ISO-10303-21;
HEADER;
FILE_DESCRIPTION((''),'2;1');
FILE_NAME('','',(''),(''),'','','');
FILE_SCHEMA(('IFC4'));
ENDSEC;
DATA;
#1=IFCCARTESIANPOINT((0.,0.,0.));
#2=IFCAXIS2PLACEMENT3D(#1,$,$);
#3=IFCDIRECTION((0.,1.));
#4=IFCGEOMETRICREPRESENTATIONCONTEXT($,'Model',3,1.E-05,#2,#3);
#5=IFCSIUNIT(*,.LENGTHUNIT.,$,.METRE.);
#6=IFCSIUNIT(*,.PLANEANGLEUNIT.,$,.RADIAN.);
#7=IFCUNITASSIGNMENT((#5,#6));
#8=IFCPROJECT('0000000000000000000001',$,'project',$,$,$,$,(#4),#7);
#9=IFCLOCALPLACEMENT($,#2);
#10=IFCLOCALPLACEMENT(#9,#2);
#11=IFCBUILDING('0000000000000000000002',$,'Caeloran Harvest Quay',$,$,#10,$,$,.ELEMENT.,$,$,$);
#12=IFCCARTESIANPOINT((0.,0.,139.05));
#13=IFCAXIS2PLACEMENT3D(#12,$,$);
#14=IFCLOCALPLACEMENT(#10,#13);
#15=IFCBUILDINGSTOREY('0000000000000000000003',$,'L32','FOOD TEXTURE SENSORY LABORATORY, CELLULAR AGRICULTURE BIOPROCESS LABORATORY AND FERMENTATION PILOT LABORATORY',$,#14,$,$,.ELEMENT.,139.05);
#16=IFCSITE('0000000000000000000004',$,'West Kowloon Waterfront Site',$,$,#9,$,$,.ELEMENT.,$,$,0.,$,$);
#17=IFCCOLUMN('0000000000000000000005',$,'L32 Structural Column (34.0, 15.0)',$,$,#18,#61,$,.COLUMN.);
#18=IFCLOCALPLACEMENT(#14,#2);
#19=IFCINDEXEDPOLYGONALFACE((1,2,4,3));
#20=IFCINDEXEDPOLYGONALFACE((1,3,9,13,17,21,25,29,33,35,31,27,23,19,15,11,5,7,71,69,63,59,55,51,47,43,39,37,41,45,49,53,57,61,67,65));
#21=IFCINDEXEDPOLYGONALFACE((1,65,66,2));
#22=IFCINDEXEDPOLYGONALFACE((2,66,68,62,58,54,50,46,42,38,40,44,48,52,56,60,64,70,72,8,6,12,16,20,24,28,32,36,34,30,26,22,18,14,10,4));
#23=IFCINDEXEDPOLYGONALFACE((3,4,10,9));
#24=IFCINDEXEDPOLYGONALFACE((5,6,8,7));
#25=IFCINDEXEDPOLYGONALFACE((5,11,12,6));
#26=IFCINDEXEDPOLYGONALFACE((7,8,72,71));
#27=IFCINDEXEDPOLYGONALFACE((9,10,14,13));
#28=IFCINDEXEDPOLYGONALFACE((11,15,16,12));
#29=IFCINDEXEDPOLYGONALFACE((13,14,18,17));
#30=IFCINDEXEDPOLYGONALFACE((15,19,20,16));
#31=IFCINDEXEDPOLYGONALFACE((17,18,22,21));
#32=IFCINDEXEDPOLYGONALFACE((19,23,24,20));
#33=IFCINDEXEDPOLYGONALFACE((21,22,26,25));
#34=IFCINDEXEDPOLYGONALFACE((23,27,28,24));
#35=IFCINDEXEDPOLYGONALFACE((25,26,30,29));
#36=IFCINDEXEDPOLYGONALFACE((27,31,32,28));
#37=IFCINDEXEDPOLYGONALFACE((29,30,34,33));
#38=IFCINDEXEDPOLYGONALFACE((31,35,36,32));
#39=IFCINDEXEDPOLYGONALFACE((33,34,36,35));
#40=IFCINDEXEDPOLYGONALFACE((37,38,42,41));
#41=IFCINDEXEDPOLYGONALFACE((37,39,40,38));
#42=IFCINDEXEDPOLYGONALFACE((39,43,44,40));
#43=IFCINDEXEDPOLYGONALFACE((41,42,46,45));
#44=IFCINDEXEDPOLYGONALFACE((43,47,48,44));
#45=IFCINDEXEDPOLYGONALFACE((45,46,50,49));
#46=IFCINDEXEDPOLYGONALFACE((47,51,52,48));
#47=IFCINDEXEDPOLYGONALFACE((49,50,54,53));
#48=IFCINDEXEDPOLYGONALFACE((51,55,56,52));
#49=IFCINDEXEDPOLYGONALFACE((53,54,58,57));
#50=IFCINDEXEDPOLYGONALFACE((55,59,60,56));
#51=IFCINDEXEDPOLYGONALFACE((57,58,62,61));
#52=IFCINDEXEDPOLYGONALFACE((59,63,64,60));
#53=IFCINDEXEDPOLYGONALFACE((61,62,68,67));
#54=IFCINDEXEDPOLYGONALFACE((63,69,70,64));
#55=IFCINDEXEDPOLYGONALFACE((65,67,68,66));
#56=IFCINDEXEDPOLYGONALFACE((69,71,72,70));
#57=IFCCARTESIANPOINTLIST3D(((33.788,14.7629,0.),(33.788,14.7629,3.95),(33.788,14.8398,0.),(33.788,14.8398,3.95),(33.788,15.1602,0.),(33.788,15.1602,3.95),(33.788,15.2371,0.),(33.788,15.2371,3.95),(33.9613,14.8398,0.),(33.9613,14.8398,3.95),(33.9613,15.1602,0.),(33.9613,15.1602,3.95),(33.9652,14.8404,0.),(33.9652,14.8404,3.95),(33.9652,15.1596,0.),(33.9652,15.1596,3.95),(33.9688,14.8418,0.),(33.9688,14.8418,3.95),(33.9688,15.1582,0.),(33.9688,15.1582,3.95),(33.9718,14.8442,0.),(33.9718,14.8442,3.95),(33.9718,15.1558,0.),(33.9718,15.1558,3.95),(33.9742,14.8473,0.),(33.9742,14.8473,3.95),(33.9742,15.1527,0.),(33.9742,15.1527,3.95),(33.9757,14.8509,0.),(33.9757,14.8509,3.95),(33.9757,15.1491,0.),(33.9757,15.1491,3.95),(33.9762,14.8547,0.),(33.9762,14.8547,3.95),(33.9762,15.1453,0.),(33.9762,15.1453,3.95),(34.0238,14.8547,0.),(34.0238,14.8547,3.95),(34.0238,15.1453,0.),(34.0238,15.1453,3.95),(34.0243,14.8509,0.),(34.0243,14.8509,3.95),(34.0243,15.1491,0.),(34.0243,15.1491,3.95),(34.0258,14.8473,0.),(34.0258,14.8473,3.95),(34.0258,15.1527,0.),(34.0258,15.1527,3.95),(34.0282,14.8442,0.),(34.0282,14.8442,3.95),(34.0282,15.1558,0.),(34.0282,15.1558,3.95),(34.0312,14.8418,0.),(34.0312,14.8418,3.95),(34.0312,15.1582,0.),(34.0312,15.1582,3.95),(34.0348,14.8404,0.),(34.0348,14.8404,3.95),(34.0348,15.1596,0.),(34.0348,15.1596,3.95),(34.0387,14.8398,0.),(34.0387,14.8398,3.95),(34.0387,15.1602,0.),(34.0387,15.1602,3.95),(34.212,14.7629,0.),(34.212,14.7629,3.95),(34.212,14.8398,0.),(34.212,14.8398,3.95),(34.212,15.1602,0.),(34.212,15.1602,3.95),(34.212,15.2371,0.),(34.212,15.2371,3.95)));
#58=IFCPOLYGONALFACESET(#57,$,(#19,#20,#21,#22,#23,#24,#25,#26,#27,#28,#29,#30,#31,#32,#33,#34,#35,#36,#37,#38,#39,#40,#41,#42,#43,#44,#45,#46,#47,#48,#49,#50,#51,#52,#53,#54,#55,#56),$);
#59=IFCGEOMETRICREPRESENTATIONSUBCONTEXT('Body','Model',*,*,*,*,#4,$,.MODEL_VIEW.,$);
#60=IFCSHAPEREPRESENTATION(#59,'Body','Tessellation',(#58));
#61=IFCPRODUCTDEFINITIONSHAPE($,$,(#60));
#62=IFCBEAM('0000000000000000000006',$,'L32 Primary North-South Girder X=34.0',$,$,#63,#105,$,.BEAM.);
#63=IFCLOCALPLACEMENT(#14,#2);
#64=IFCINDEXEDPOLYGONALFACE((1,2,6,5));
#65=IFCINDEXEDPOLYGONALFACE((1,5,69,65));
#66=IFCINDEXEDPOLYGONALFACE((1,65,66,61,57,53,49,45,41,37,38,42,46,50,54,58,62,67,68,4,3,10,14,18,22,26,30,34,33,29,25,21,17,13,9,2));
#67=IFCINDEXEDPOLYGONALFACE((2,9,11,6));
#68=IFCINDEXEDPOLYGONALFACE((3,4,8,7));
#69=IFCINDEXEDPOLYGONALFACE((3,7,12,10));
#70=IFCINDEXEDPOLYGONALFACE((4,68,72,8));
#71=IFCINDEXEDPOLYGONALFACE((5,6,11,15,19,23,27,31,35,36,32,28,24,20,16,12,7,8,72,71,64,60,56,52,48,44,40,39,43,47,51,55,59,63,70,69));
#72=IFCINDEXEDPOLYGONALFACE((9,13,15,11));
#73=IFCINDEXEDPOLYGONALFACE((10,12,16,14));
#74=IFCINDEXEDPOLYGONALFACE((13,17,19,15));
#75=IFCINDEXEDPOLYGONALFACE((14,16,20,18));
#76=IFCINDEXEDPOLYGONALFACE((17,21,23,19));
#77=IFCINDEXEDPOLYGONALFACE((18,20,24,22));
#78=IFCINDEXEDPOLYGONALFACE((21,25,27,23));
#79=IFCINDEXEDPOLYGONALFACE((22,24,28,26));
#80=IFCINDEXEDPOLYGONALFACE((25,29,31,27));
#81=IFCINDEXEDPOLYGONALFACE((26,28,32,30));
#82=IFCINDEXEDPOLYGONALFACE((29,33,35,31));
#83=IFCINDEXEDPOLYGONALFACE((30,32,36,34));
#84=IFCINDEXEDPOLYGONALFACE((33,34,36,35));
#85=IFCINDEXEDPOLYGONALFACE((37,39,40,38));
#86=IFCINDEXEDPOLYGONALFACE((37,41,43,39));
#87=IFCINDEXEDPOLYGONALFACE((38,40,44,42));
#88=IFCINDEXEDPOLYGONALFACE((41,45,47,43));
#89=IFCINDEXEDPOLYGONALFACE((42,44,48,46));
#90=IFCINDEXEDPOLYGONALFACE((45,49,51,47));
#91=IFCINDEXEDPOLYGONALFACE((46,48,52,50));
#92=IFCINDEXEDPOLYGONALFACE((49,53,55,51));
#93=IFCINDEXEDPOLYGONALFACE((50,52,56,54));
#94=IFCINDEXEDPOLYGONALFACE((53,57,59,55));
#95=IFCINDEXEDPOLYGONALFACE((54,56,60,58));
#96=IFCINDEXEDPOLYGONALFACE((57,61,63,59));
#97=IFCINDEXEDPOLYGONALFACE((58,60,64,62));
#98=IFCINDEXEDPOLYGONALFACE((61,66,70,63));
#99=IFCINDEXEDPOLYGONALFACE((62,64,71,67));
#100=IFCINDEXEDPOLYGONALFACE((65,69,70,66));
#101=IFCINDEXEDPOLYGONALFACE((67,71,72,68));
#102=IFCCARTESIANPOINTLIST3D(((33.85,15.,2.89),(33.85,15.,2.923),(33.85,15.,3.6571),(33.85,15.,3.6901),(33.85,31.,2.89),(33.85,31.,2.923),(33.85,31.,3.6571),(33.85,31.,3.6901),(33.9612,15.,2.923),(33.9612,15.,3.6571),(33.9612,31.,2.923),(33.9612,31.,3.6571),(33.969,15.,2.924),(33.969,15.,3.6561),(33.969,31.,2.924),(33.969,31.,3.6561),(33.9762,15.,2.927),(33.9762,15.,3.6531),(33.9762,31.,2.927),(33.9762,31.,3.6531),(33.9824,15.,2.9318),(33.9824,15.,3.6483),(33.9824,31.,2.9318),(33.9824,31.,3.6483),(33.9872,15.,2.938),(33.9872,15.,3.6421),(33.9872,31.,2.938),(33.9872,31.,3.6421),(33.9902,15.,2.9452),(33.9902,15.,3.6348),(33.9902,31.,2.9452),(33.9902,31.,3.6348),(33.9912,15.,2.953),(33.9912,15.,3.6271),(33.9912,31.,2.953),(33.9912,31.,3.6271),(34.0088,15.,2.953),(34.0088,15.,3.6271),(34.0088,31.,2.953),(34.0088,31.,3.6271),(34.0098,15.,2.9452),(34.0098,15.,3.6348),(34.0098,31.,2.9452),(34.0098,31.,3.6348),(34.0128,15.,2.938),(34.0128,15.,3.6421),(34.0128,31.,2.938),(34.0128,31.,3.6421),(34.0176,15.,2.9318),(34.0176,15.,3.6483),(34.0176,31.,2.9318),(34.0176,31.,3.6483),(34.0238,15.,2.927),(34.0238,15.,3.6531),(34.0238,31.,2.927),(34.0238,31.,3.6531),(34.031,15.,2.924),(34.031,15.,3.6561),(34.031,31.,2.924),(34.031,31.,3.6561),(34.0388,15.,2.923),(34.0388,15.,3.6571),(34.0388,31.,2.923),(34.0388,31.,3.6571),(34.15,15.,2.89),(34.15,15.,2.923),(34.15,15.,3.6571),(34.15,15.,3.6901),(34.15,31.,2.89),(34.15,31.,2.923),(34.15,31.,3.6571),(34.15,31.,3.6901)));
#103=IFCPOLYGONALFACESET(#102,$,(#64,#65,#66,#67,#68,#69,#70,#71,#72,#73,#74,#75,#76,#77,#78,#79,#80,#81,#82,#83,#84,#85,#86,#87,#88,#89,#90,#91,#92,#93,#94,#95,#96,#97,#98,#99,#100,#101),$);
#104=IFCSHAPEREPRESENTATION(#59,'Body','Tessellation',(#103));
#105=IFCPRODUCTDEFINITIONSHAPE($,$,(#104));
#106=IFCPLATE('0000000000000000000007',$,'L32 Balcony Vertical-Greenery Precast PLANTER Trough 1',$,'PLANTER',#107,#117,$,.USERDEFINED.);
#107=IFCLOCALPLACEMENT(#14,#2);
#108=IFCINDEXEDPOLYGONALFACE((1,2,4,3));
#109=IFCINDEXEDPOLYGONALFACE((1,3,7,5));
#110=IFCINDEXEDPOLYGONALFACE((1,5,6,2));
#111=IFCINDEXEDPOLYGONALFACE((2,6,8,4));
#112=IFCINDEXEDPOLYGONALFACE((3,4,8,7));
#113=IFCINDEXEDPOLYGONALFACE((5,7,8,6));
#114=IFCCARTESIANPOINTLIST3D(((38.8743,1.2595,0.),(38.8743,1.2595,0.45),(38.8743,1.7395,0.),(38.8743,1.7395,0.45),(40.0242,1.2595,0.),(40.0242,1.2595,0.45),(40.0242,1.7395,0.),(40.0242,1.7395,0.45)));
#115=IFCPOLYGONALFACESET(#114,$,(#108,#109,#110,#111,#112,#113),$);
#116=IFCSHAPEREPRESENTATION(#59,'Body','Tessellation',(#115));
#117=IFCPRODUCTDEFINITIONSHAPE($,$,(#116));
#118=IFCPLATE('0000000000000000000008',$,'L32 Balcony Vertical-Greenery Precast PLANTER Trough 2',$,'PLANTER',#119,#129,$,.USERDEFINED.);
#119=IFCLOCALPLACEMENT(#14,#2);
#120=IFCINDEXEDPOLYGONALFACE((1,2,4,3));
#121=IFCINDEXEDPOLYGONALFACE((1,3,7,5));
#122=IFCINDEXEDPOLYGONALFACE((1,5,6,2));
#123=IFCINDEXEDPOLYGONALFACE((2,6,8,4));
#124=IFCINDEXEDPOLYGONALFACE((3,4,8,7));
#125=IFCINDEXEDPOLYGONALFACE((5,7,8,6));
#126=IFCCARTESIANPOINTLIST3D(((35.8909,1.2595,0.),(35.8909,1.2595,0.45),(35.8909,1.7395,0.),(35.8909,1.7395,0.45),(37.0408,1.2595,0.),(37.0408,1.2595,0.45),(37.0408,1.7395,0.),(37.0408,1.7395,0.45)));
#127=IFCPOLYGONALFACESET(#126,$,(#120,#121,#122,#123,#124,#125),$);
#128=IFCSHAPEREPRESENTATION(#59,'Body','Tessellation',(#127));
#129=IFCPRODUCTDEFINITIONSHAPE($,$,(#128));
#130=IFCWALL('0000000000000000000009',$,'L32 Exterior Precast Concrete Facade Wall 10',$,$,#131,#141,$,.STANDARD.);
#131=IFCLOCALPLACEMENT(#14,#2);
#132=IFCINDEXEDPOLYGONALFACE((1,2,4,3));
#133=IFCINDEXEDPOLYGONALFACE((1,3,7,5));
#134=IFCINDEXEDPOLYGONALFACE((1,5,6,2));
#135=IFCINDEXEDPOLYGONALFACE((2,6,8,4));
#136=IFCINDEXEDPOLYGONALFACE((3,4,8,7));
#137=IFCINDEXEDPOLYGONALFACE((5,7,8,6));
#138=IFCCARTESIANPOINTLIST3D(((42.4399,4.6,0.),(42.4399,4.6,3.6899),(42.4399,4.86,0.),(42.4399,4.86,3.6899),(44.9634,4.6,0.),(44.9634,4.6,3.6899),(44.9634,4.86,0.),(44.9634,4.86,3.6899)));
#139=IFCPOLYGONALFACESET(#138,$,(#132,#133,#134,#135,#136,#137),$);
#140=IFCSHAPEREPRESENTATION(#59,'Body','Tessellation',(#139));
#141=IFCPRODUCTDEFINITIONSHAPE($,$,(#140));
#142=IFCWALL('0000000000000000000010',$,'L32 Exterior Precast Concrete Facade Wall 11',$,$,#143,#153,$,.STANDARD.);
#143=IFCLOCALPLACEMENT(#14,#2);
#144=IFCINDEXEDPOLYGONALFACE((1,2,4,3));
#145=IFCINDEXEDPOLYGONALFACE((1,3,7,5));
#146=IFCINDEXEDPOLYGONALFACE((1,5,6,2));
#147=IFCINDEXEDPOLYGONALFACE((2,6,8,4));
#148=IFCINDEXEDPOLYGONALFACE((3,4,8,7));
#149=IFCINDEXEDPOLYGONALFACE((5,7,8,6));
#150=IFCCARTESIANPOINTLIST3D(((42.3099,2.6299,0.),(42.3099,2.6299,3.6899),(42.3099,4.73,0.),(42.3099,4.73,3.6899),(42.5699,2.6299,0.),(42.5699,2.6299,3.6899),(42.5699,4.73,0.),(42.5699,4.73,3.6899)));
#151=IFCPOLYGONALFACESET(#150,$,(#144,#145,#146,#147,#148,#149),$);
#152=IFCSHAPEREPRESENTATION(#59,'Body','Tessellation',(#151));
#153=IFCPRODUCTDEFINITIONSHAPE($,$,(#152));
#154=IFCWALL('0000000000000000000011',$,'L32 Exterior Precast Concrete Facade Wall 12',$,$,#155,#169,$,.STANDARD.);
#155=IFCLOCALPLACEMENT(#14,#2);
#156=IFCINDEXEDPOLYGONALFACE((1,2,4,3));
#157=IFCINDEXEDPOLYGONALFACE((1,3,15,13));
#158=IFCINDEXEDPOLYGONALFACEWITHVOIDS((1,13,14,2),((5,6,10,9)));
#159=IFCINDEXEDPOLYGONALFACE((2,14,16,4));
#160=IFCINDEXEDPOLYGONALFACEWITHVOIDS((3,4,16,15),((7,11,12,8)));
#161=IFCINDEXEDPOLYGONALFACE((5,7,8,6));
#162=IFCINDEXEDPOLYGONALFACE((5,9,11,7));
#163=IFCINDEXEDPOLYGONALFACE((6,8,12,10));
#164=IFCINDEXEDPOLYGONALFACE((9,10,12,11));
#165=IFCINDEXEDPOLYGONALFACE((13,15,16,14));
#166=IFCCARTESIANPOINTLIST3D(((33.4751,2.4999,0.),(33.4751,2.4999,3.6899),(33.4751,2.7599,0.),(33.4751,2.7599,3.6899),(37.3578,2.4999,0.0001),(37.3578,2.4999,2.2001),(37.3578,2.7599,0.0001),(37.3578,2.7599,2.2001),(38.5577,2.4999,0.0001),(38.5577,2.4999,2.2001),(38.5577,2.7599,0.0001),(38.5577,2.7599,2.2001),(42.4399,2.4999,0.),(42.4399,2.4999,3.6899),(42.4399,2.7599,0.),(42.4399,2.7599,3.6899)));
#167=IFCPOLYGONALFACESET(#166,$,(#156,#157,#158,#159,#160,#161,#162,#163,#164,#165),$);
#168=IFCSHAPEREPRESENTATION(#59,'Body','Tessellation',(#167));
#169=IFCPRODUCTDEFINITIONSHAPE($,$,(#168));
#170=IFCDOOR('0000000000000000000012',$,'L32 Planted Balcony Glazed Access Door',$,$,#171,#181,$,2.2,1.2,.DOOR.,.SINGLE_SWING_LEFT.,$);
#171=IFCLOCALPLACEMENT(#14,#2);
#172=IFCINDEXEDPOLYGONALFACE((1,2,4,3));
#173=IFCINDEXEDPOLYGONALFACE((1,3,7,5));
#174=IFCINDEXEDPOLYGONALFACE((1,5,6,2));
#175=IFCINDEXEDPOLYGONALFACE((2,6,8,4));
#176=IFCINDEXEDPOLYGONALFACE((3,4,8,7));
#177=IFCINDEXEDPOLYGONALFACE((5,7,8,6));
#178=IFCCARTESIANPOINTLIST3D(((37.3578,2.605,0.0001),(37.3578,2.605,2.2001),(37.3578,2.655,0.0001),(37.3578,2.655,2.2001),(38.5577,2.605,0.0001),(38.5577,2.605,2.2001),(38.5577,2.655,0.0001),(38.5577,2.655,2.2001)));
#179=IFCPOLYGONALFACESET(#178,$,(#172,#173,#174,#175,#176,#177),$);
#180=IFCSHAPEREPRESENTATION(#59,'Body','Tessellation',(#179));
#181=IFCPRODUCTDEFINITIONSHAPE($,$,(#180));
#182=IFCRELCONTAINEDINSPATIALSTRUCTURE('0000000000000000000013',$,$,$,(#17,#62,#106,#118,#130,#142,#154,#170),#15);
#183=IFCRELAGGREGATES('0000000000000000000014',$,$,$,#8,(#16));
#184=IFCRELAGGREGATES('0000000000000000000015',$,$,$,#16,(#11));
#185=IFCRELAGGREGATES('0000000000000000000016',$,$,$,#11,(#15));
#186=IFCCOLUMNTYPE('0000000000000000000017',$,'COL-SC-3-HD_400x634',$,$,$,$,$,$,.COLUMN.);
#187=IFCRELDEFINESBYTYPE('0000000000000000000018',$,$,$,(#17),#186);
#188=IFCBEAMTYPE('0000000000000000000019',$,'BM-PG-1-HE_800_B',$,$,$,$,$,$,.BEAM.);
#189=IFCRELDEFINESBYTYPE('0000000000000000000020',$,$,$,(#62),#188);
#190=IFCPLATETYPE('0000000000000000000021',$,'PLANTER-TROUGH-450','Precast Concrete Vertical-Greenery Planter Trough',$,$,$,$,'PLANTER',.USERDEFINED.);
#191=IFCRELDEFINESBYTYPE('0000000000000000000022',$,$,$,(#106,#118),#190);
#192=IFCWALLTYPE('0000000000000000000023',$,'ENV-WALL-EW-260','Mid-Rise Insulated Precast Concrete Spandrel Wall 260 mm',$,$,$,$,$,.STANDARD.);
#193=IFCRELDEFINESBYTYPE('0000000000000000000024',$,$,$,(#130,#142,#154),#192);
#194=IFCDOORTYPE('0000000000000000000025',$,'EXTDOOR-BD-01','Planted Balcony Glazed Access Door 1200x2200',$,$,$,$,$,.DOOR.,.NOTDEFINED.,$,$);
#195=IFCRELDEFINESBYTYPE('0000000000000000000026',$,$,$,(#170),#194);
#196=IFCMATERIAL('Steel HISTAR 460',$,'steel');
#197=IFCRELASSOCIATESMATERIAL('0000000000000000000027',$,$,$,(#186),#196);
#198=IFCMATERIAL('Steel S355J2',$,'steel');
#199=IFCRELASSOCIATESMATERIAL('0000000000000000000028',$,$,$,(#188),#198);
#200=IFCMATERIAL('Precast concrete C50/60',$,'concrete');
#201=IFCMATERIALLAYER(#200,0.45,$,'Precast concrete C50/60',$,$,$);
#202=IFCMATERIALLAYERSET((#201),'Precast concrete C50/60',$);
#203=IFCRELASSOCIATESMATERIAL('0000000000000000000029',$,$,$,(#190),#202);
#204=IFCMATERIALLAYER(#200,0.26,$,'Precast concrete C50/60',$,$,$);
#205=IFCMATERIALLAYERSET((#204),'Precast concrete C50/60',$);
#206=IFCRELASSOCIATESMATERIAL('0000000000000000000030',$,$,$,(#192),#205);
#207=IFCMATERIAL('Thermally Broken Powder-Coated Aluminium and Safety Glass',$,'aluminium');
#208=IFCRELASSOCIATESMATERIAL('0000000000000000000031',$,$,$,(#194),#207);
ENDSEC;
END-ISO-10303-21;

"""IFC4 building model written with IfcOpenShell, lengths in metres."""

from ifc_helpers import new_model, si_unit, direction, frame, frame_2d, origin, origin_2d, place, context, subcontext, project, spatial, rectangle, i_section, extrude, material, layer, layer_set, material_profile, profile_set, type_object, element, fill, save


model = new_model("IFC4")

# Units and contexts
model_context = context("Model", 3, precision=1e-05, world=origin(), true_north=direction((0.0, 1.0)))
body_context = subcontext(model_context, "Body", "Model", "MODEL_VIEW")
ifc_project = project(units=[si_unit("LENGTHUNIT", "METRE"), si_unit("PLANEANGLEUNIT", "RADIAN")], contexts=[model_context])

# Site, building, storey
site_placement = place(None, origin())
site = spatial("IfcSite", under=ifc_project, at=site_placement, Name="West Kowloon Waterfront Site", CompositionType="ELEMENT", RefElevation=0.0)
building_placement = place(site_placement, origin())
building = spatial("IfcBuilding", under=site, at=building_placement, Name="Caeloran Harvest Quay", CompositionType="ELEMENT")
storey_placement = place(building_placement, frame((0.0, 0.0, 139.05)))
storey = spatial("IfcBuildingStorey", under=building, at=storey_placement, Name="L32", Description="FOOD TEXTURE SENSORY LABORATORY, CELLULAR AGRICULTURE BIOPROCESS LABORATORY AND FERMENTATION PILOT LABORATORY", CompositionType="ELEMENT", Elevation=139.05)

# Column
ifc_material_1 = material(Name="Steel HISTAR 460", Category="steel")
ifc_material_profile_1 = material_profile(ifc_material_1, i_section(OverallWidth=0.4241, OverallDepth=0.4741, WebThickness=0.0476, FlangeThickness=0.0769, FilletRadius=0.0149, at=origin_2d()), Name="HD 400x634")
ifc_profile_set_1 = profile_set([ifc_material_profile_1], Name="Steel HISTAR 460")
column_type = type_object("IfcColumnType", Name="COL-SC-3-HD_400x634", PredefinedType="COLUMN", material=ifc_profile_set_1)
column_placement = place(storey_placement, frame((34.0, 15.0, 0.0), z_axis=(0.0, 0.0, 1.0), x_axis=(1.0, 0.0, 0.0)))
element("IfcColumn", 1, at=column_placement, inside=storey, type_object=column_type, Name="L32 Structural Column (34.0, 15.0)", PredefinedType="COLUMN", context=body_context, shape_type="SweptSolid", body=[
    extrude(i_section(OverallWidth=0.4241, OverallDepth=0.4741, WebThickness=0.0476, FlangeThickness=0.0769, FilletRadius=0.0149, at=origin_2d()), origin(), (0.0, 0.0, 1.0), 3.95),
])

# Beam
ifc_material_2 = material(Name="Steel S355J2", Category="steel")
ifc_material_profile_2 = material_profile(ifc_material_2, i_section(OverallWidth=0.3, OverallDepth=0.8, WebThickness=0.0176, FlangeThickness=0.033, FilletRadius=0.03, at=origin_2d()), Name="HE 800 B")
ifc_profile_set_2 = profile_set([ifc_material_profile_2], Name="Steel S355J2")
beam_type = type_object("IfcBeamType", Name="BM-PG-1-HE_800_B", PredefinedType="BEAM", material=ifc_profile_set_2)
beam_placement = place(storey_placement, frame((34.0, 15.0, 3.29), z_axis=(0.0, 1.0, 0.0), x_axis=(-1.0, 0.0, 0.0)))
element("IfcBeam", 2, at=beam_placement, inside=storey, type_object=beam_type, Name="L32 Primary North-South Girder X=34.0", PredefinedType="BEAM", context=body_context, shape_type="SweptSolid", body=[
    extrude(i_section(OverallWidth=0.3, OverallDepth=0.8, WebThickness=0.0176, FlangeThickness=0.033, FilletRadius=0.03, at=origin_2d()), origin(), (0.0, 0.0, 1.0), 16.0),
])

# Plates
ifc_material_3 = material(Name="Precast concrete C50/60", Category="concrete")
ifc_layer_1 = layer(ifc_material_3, 0.45, Name="Precast concrete C50/60")
ifc_layer_set_1 = layer_set([ifc_layer_1], Name="Precast concrete C50/60")
plate_type = type_object("IfcPlateType", Name="PLANTER-TROUGH-450", Description="Precast Concrete Vertical-Greenery Planter Trough", ElementType="PLANTER", PredefinedType="USERDEFINED", material=ifc_layer_set_1)
for number, where, z_axis, x_axis, name in (
    (3, (39.4492, 1.4995, 0.0), (0.0, 0.0, 1.0), (1.0, 0.0, 0.0), "L32 Balcony Vertical-Greenery Precast PLANTER Trough 1"),
    (4, (36.4658, 1.4995, 0.0), (0.0, 0.0, 1.0), (1.0, 0.0, 0.0), "L32 Balcony Vertical-Greenery Precast PLANTER Trough 2"),
):
    element("IfcPlate", number, at=place(storey_placement, frame(where, z_axis=z_axis, x_axis=x_axis)), inside=storey, type_object=plate_type, Name=name, ObjectType="PLANTER", PredefinedType="USERDEFINED", context=body_context, shape_type="SweptSolid", body=[
        extrude(rectangle(XDim=1.1499, YDim=0.48, at=origin_2d()), origin(), (0.0, 0.0, 1.0), 0.45),
    ])

# Walls
ifc_layer_2 = layer(ifc_material_3, 0.26, Name="Precast concrete C50/60")
ifc_layer_set_2 = layer_set([ifc_layer_2], Name="Precast concrete C50/60")
wall_type_1 = type_object("IfcWallType", Name="ENV-WALL-EW-260", Description="Mid-Rise Insulated Precast Concrete Spandrel Wall 260 mm", PredefinedType="STANDARD", material=ifc_layer_set_2)
wall_1_placement = place(storey_placement, frame((44.9634, 4.73, 0.0), z_axis=(0.0, 0.0, 1.0), x_axis=(-1.0, 0.0, 0.0)))
element("IfcWall", 5, at=wall_1_placement, inside=storey, type_object=wall_type_1, Name="L32 Exterior Precast Concrete Facade Wall 10", PredefinedType="STANDARD", context=body_context, shape_type="SweptSolid", body=[
    extrude(rectangle(XDim=2.5234, YDim=0.26, at=frame_2d((1.2617, 0.0))), origin(), (0.0, 0.0, 1.0), 3.6899),
])
wall_2_placement = place(storey_placement, frame((42.4399, 4.73, 0.0), z_axis=(0.0, 0.0, 1.0), x_axis=(0.0, -1.0, 0.0)))
element("IfcWall", 6, at=wall_2_placement, inside=storey, type_object=wall_type_1, Name="L32 Exterior Precast Concrete Facade Wall 11", PredefinedType="STANDARD", context=body_context, shape_type="SweptSolid", body=[
    extrude(rectangle(XDim=2.1001, YDim=0.26, at=frame_2d((1.05, 0.0))), origin(), (0.0, 0.0, 1.0), 3.6899),
])

# Wall, opening, door
wall_3_placement = place(storey_placement, frame((42.4399, 2.6299, 0.0), z_axis=(0.0, 0.0, 1.0), x_axis=(-1.0, 0.0, 0.0)))
wall_3 = element("IfcWall", 7, at=wall_3_placement, inside=storey, type_object=wall_type_1, Name="L32 Exterior Precast Concrete Facade Wall 12", PredefinedType="STANDARD", context=body_context, shape_type="SweptSolid", body=[
    extrude(rectangle(XDim=8.9648, YDim=0.26, at=frame_2d((4.4824, 0.0))), origin(), (0.0, 0.0, 1.0), 3.6899),
])
opening_placement = place(wall_3_placement, frame((3.8821, 0.0, 0.0)))
opening = element("IfcOpeningElement", 8, at=opening_placement, cuts=wall_3, PredefinedType="OPENING", context=body_context, shape_type="SweptSolid", body=[
    extrude(rectangle(XDim=1.2, YDim=2.2, at=frame_2d((0.6001, 1.1001))), frame((0.0, 0.1401, 0.0), z_axis=(0.0, -1.0, 0.0), x_axis=(1.0, 0.0, 0.0)), (0.0, 0.0, 1.0), 0.28),
])
ifc_material_4 = material(Name="Thermally Broken Powder-Coated Aluminium and Safety Glass", Category="aluminium")
door_type = type_object("IfcDoorType", Name="EXTDOOR-BD-01", Description="Planted Balcony Glazed Access Door 1200x2200", OperationType="NOTDEFINED", PredefinedType="DOOR", material=ifc_material_4)
door_placement = place(opening_placement, origin())
door = element("IfcDoor", 9, at=door_placement, inside=storey, type_object=door_type, Name="L32 Planted Balcony Glazed Access Door", OperationType="SINGLE_SWING_LEFT", OverallHeight=2.2, OverallWidth=1.2, PredefinedType="DOOR", context=body_context, shape_type="SweptSolid", body=[
    extrude(rectangle(XDim=1.2, YDim=2.2, at=frame_2d((0.6001, 1.1001))), frame((0.0, 0.0249, 0.0), z_axis=(0.0, -1.0, 0.0), x_axis=(1.0, 0.0, 0.0)), (0.0, 0.0, 1.0), 0.05),
])
fill(opening, door)

save(model, "model.ifc")
